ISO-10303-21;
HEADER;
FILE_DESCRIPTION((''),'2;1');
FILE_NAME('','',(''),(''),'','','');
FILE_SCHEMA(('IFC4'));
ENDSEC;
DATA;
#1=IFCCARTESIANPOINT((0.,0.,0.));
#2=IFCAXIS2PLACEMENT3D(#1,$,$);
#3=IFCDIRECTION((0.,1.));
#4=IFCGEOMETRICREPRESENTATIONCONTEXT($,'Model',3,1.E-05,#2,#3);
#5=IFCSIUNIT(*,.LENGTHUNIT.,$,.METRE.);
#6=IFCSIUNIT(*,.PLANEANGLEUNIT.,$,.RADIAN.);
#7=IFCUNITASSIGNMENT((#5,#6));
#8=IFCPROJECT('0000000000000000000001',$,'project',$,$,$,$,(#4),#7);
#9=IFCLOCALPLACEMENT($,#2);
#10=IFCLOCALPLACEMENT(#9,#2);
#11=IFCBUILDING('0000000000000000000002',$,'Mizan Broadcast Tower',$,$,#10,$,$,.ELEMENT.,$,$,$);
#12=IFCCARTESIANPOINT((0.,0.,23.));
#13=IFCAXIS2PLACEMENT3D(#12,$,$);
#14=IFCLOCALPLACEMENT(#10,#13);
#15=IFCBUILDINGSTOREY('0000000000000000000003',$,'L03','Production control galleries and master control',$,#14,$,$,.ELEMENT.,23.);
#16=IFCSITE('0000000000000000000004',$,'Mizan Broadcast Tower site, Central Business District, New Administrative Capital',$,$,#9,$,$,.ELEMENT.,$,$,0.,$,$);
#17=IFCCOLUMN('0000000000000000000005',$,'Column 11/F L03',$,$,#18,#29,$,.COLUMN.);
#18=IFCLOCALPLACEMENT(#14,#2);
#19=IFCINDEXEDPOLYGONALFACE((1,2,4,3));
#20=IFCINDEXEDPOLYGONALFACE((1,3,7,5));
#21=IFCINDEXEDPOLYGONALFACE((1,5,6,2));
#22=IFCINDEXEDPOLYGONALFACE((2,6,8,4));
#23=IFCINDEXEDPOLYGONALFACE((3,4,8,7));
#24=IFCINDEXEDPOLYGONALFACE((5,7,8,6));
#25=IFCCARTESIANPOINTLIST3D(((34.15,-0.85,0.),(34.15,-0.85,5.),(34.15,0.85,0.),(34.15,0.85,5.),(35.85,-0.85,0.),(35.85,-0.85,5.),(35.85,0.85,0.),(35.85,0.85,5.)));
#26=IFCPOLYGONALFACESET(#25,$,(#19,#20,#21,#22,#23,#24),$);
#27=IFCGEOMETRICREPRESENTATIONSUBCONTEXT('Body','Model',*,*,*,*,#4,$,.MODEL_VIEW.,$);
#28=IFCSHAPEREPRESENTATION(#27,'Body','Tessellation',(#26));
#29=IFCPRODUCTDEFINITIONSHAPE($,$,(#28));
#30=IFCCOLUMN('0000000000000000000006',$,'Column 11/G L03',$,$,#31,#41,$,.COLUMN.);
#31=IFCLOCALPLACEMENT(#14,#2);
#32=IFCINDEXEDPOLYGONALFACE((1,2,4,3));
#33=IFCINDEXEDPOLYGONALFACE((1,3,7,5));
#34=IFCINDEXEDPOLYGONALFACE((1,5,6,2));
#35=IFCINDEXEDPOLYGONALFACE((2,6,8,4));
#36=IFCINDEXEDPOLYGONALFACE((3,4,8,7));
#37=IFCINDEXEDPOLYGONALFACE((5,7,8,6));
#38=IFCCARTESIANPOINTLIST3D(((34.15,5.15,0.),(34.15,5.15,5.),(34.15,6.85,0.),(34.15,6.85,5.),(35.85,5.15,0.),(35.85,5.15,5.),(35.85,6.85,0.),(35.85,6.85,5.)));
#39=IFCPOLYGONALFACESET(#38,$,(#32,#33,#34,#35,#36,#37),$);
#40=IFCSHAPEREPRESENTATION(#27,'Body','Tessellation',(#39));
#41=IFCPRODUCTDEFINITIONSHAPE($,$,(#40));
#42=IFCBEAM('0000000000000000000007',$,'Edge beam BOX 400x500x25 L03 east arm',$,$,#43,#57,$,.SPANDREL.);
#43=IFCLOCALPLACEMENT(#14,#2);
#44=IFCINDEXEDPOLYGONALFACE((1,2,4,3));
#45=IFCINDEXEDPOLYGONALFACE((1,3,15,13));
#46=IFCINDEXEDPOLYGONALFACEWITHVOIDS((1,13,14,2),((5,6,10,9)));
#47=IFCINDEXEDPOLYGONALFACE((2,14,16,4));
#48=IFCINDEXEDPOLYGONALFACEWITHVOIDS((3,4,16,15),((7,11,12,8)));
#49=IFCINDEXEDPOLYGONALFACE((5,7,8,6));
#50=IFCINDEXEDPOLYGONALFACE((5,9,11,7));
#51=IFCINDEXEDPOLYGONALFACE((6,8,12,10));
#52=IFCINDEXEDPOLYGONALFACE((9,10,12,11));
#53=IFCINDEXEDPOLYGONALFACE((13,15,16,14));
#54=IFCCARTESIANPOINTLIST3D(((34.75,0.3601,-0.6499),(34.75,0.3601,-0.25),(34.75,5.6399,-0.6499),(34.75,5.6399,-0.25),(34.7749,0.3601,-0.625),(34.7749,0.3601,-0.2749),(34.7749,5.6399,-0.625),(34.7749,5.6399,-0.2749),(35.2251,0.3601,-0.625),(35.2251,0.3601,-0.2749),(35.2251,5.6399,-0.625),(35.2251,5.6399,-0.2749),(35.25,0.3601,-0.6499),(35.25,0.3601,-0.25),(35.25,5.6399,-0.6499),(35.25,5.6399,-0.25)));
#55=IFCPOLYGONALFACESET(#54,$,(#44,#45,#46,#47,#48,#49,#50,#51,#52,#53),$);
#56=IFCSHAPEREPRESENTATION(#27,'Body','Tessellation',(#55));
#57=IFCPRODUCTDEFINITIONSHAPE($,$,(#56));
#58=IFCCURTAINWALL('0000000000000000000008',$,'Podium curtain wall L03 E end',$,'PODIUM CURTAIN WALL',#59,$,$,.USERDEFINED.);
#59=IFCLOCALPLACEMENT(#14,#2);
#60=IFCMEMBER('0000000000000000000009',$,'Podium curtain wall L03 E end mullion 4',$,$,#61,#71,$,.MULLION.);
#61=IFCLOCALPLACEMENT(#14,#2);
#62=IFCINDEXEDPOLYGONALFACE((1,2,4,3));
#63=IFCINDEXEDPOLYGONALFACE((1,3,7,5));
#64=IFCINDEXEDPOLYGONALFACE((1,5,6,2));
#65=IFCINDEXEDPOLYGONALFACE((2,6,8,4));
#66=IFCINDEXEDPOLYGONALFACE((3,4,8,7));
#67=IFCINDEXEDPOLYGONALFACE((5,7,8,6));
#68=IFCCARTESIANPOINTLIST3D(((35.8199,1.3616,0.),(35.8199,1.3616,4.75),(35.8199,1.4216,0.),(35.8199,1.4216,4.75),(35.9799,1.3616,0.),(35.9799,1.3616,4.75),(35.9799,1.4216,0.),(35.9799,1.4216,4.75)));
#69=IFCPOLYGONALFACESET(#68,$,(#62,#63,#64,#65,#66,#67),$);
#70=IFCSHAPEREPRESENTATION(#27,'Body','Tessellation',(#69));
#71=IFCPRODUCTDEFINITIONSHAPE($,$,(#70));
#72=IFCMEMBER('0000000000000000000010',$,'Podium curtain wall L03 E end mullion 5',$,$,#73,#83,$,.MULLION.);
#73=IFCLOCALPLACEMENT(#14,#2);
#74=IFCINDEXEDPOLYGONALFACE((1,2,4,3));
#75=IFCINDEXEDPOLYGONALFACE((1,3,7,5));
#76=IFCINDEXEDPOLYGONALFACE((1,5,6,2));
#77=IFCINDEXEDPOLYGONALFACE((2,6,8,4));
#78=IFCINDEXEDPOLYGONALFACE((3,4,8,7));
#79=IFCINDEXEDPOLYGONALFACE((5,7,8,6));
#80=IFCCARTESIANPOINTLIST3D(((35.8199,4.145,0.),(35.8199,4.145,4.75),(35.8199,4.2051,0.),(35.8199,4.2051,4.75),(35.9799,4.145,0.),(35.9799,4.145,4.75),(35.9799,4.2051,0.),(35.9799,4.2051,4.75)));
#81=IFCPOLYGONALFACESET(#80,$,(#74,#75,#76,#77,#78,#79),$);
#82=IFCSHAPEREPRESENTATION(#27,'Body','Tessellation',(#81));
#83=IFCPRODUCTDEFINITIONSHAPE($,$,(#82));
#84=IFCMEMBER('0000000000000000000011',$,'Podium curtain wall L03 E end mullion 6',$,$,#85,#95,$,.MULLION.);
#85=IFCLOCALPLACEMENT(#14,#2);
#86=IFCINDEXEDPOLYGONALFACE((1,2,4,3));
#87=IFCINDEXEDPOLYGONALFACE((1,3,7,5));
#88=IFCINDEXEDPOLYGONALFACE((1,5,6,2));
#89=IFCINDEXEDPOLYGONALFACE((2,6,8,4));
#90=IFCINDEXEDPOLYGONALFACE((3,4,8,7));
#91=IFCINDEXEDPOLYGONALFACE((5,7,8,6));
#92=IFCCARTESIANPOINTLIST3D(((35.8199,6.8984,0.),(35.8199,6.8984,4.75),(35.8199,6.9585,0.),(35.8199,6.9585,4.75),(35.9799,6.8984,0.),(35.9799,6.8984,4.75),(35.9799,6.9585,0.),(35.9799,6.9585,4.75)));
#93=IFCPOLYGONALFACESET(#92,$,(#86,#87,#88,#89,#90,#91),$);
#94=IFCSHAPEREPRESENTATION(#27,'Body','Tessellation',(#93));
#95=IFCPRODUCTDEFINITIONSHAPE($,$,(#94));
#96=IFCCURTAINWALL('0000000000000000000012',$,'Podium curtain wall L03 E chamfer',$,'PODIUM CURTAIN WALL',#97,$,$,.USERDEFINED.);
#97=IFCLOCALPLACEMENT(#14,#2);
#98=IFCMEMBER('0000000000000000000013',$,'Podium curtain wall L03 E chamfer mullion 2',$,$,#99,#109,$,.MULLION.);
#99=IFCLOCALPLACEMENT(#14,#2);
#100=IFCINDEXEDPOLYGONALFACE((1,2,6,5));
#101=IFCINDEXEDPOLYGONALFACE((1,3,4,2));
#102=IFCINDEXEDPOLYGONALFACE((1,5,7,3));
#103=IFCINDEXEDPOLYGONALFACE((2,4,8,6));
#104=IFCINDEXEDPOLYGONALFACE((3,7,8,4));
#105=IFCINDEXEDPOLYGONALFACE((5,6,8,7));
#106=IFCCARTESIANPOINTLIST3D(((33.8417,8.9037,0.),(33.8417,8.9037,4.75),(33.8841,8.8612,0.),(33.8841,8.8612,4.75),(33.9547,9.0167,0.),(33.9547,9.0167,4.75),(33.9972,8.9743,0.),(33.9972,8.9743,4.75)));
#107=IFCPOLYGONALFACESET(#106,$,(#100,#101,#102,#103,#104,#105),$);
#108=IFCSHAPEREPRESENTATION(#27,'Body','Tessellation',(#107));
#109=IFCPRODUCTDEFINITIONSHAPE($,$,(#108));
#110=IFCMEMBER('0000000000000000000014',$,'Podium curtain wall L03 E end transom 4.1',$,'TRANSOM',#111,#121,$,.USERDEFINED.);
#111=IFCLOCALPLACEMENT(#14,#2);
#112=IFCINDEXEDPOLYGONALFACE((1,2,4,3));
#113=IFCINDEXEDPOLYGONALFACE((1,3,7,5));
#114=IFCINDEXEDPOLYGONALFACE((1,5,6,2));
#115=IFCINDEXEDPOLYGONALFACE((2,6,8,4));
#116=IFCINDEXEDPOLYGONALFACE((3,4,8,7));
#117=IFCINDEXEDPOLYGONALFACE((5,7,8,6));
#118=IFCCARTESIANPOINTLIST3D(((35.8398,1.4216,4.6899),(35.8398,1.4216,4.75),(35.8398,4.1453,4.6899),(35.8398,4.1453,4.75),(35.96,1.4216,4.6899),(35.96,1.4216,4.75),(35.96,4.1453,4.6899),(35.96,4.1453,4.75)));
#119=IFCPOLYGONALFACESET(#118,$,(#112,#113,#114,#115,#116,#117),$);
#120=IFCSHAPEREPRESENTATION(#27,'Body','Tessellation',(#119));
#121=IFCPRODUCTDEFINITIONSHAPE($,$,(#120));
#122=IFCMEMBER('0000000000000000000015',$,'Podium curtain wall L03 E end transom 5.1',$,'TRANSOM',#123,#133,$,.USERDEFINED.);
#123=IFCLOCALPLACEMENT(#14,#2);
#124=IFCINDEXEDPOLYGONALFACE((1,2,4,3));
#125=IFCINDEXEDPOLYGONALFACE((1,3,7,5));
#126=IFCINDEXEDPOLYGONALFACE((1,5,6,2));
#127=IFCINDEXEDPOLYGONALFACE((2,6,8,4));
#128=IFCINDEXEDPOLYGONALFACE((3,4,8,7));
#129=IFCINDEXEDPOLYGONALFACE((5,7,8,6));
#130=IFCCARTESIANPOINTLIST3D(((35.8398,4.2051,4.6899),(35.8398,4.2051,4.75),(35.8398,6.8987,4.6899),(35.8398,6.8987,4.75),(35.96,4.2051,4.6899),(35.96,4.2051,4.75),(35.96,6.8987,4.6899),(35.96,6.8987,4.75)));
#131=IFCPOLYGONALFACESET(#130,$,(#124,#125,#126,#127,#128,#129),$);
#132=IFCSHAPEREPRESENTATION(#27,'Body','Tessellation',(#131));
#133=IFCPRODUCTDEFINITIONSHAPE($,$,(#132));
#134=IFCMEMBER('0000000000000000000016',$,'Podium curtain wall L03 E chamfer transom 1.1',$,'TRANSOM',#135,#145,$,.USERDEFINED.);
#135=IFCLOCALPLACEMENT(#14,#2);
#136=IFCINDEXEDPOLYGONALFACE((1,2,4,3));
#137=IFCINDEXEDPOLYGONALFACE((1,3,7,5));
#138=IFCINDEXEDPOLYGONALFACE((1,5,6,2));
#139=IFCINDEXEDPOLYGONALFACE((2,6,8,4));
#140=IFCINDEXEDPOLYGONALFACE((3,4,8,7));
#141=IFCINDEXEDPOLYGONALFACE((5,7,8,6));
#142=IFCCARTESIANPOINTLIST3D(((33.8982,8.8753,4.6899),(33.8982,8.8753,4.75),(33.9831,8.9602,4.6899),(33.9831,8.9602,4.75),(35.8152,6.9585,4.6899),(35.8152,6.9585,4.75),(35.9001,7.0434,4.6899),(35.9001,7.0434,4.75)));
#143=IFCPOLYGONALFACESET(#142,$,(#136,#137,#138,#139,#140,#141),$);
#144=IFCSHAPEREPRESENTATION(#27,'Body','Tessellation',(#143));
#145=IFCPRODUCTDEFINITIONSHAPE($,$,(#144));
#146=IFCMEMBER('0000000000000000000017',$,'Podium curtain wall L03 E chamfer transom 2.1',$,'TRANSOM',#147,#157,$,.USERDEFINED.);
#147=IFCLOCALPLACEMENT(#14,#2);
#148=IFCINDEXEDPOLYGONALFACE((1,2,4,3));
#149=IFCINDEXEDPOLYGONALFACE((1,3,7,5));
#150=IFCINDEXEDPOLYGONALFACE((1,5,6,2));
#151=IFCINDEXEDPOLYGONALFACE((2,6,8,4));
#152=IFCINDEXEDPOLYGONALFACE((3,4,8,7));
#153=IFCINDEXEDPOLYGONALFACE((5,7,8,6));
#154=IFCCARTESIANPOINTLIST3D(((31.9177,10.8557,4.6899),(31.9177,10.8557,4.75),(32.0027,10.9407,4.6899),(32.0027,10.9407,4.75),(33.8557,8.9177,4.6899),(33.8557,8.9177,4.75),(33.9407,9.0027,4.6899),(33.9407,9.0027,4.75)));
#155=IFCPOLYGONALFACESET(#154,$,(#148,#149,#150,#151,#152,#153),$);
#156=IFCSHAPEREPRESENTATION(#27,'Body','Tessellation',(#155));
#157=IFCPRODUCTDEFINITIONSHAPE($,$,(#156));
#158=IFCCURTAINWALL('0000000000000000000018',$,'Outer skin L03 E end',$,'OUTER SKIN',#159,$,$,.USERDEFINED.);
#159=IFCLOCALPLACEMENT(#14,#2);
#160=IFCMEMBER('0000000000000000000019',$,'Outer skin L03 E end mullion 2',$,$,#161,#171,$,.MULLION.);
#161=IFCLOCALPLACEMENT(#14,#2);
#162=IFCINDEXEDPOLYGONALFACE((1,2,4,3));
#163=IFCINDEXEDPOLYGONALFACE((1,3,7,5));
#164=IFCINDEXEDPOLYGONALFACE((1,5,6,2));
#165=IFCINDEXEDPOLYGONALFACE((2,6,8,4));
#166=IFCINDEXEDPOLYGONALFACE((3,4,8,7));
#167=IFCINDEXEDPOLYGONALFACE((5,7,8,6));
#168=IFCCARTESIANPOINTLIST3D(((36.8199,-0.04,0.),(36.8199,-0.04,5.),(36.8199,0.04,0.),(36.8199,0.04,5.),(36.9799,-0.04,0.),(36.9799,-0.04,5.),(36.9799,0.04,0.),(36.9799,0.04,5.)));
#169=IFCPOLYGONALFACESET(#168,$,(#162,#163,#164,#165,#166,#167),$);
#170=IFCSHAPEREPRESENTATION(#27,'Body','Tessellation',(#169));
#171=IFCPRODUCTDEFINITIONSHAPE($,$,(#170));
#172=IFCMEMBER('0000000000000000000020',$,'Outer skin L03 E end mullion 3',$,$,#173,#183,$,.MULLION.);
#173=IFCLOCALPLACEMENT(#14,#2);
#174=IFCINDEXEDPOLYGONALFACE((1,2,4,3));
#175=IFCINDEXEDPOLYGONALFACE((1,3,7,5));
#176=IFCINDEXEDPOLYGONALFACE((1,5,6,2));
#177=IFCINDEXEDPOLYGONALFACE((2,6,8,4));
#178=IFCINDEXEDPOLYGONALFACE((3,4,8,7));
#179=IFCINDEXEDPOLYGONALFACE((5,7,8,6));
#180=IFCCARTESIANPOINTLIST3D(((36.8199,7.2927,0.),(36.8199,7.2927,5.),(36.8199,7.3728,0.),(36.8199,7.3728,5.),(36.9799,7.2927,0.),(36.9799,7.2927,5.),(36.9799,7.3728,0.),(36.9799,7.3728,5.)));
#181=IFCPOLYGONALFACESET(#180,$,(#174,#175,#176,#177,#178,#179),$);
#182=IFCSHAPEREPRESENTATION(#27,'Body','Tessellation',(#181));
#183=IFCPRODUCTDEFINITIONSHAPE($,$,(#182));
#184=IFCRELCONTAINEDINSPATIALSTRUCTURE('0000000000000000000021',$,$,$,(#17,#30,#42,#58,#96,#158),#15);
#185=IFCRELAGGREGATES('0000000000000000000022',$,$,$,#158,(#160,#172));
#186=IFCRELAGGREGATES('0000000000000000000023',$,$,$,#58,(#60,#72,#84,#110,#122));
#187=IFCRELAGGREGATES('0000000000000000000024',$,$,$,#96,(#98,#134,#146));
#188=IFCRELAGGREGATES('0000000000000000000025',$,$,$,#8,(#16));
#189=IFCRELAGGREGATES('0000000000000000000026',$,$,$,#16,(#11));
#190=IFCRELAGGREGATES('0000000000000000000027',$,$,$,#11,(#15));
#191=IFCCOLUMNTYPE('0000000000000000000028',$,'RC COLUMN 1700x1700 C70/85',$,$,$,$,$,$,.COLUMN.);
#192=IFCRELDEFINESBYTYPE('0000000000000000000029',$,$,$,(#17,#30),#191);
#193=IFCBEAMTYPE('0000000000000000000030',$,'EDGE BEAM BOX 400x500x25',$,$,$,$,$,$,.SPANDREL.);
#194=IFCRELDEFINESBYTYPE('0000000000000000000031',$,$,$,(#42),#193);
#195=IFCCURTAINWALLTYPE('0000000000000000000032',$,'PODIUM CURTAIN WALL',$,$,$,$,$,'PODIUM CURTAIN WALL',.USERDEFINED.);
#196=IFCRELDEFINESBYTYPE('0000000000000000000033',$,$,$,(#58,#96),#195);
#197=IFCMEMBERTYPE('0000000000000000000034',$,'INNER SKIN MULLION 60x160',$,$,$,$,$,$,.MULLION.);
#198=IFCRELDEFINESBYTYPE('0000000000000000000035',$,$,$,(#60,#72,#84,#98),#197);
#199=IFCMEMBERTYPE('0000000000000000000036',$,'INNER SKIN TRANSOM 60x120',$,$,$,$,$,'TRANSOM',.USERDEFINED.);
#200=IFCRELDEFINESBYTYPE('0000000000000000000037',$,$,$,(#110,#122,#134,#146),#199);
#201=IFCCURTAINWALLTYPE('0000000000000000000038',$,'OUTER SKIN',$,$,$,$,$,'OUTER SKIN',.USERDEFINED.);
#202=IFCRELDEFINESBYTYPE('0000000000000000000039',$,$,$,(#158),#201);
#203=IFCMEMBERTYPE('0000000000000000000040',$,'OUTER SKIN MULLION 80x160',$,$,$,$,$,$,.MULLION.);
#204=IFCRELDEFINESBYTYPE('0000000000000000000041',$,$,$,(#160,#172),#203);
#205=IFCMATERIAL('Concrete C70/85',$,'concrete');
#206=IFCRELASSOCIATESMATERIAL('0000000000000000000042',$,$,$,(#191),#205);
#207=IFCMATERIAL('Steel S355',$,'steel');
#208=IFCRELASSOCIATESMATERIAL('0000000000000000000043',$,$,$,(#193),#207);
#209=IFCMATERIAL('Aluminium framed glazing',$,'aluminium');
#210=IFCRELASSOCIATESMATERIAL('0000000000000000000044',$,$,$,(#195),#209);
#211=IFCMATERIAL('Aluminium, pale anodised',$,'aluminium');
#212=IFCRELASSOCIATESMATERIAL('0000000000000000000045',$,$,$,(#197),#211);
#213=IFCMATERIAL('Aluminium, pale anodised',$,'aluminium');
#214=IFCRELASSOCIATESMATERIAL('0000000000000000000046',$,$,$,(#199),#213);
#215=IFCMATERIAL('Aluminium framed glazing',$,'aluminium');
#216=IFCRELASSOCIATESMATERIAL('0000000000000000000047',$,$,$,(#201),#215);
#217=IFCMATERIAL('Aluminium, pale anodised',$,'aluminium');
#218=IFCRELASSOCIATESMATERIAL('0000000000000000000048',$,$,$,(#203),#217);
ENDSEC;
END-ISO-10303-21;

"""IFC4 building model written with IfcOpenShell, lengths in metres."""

from ifc_helpers import new_model, si_unit, direction, frame, origin, origin_2d, place, context, subcontext, project, spatial, rectangle, hollow_rectangle, extrude, material, material_profile, profile_set, type_object, element, aggregate, save


model = new_model("IFC4")

# Units and contexts
model_context = context("Model", 3, precision=1e-05, world=origin(), true_north=direction((0.0, 1.0)))
body_context = subcontext(model_context, "Body", "Model", "MODEL_VIEW")
ifc_project = project(units=[si_unit("LENGTHUNIT", "METRE"), si_unit("PLANEANGLEUNIT", "RADIAN")], contexts=[model_context])

# Site, building, storey
site_placement = place(None, origin())
site = spatial("IfcSite", under=ifc_project, at=site_placement, Name="Mizan Broadcast Tower site, Central Business District, New Administrative Capital", CompositionType="ELEMENT", RefElevation=0.0)
building_placement = place(site_placement, origin())
building = spatial("IfcBuilding", under=site, at=building_placement, Name="Mizan Broadcast Tower", CompositionType="ELEMENT")
storey_placement = place(building_placement, frame((0.0, 0.0, 23.0)))
storey = spatial("IfcBuildingStorey", under=building, at=storey_placement, Name="L03", Description="Production control galleries and master control", CompositionType="ELEMENT", Elevation=23.0)

# Columns
ifc_material_1 = material(Name="Concrete C70/85", Category="concrete")
ifc_material_profile_1 = material_profile(ifc_material_1, rectangle(XDim=1.7, YDim=1.7, at=origin_2d()), Name="RC 1700x1700")
ifc_profile_set_1 = profile_set([ifc_material_profile_1], Name="Concrete C70/85")
column_type = type_object("IfcColumnType", Name="RC COLUMN 1700x1700 C70/85", PredefinedType="COLUMN", material=ifc_profile_set_1)
for number, where, z_axis, x_axis, name in (
    (1, (35.0, 0.0, 0.0), (0.0, 0.0, 1.0), (1.0, 0.0, 0.0), "Column 11/F L03"),
    (2, (35.0, 6.0, 0.0), (0.0, 0.0, 1.0), (1.0, 0.0, 0.0), "Column 11/G L03"),
):
    element("IfcColumn", number, at=place(storey_placement, frame(where, z_axis=z_axis, x_axis=x_axis)), inside=storey, type_object=column_type, Name=name, PredefinedType="COLUMN", context=body_context, shape_type="SweptSolid", body=[
        extrude(rectangle(XDim=1.7, YDim=1.7, at=origin_2d()), origin(), (0.0, 0.0, 1.0), 5.0),
    ])

# Beam
ifc_material_2 = material(Name="Steel S355", Category="steel")
ifc_material_profile_2 = material_profile(ifc_material_2, hollow_rectangle(XDim=0.5, YDim=0.3999, WallThickness=0.0249, at=origin_2d()), Name="BOX 400x500x25")
ifc_profile_set_2 = profile_set([ifc_material_profile_2], Name="Steel S355")
beam_type = type_object("IfcBeamType", Name="EDGE BEAM BOX 400x500x25", PredefinedType="SPANDREL", material=ifc_profile_set_2)
beam_placement = place(storey_placement, frame((35.0, 5.6399, -0.45), z_axis=(0.0, -1.0, 0.0), x_axis=(1.0, 0.0, 0.0)))
element("IfcBeam", 3, at=beam_placement, inside=storey, type_object=beam_type, Name="Edge beam BOX 400x500x25 L03 east arm", PredefinedType="SPANDREL", context=body_context, shape_type="SweptSolid", body=[
    extrude(hollow_rectangle(XDim=0.5, YDim=0.3999, WallThickness=0.0249, at=origin_2d()), origin(), (0.0, 0.0, 1.0), 5.2798),
])

# Curtain wall, members
ifc_material_3 = material(Name="Aluminium framed glazing", Category="aluminium")
curtain_wall_type_1 = type_object("IfcCurtainWallType", Name="PODIUM CURTAIN WALL", ElementType="PODIUM CURTAIN WALL", PredefinedType="USERDEFINED", material=ifc_material_3)
curtain_wall_1_placement = place(storey_placement, origin())
curtain_wall_1 = element("IfcCurtainWall", 4, at=curtain_wall_1_placement, inside=storey, type_object=curtain_wall_type_1, Name="Podium curtain wall L03 E end", ObjectType="PODIUM CURTAIN WALL", PredefinedType="USERDEFINED")
ifc_material_4 = material(Name="Aluminium, pale anodised", Category="aluminium")
ifc_material_profile_3 = material_profile(ifc_material_4, rectangle(XDim=0.1599, YDim=0.0601, at=origin_2d()), Name="MULLION 160x60")
ifc_profile_set_3 = profile_set([ifc_material_profile_3], Name="Aluminium, pale anodised")
member_type_1 = type_object("IfcMemberType", Name="INNER SKIN MULLION 60x160", PredefinedType="MULLION", material=ifc_profile_set_3)
member_1_placement = place(storey_placement, frame((35.8999, 1.3916, 0.0), z_axis=(0.0, 0.0, 1.0), x_axis=(-1.0, 0.0, 0.0)))
member_1 = element("IfcMember", 5, at=member_1_placement, type_object=member_type_1, Name="Podium curtain wall L03 E end mullion 4", PredefinedType="MULLION", context=body_context, shape_type="SweptSolid", body=[
    extrude(rectangle(XDim=0.1599, YDim=0.0601, at=origin_2d()), origin(), (0.0, 0.0, 1.0), 4.75),
])
member_2_placement = place(storey_placement, frame((35.8999, 4.175, 0.0), z_axis=(0.0, 0.0, 1.0), x_axis=(-1.0, 0.0, 0.0)))
member_2 = element("IfcMember", 6, at=member_2_placement, type_object=member_type_1, Name="Podium curtain wall L03 E end mullion 5", PredefinedType="MULLION", context=body_context, shape_type="SweptSolid", body=[
    extrude(rectangle(XDim=0.1599, YDim=0.0601, at=origin_2d()), origin(), (0.0, 0.0, 1.0), 4.75),
])
member_3_placement = place(storey_placement, frame((35.8999, 6.9285, 0.0), z_axis=(0.0, 0.0, 1.0), x_axis=(-1.0, 0.0, 0.0)))
member_3 = element("IfcMember", 7, at=member_3_placement, type_object=member_type_1, Name="Podium curtain wall L03 E end mullion 6", PredefinedType="MULLION", context=body_context, shape_type="SweptSolid", body=[
    extrude(rectangle(XDim=0.1599, YDim=0.0601, at=origin_2d()), origin(), (0.0, 0.0, 1.0), 4.75),
])

# Curtain wall, member
curtain_wall_2_placement = place(storey_placement, origin())
curtain_wall_2 = element("IfcCurtainWall", 8, at=curtain_wall_2_placement, inside=storey, type_object=curtain_wall_type_1, Name="Podium curtain wall L03 E chamfer", ObjectType="PODIUM CURTAIN WALL", PredefinedType="USERDEFINED")
member_4_placement = place(storey_placement, frame((33.9194, 8.939, 0.0), z_axis=(0.0, 0.0, 1.0), x_axis=(-0.707107, -0.707107, 0.0)))
member_4 = element("IfcMember", 9, at=member_4_placement, type_object=member_type_1, Name="Podium curtain wall L03 E chamfer mullion 2", PredefinedType="MULLION", context=body_context, shape_type="SweptSolid", body=[
    extrude(rectangle(XDim=0.1599, YDim=0.0601, at=origin_2d()), origin(), (0.0, 0.0, 1.0), 4.75),
])

# Members
ifc_material_5 = material(Name="Aluminium, pale anodised", Category="aluminium")
ifc_material_profile_4 = material_profile(ifc_material_5, rectangle(XDim=0.1201, YDim=0.0601, at=origin_2d()), Name="TRANSOM 120x60")
ifc_profile_set_4 = profile_set([ifc_material_profile_4], Name="Aluminium, pale anodised")
member_type_2 = type_object("IfcMemberType", Name="INNER SKIN TRANSOM 60x120", ElementType="TRANSOM", PredefinedType="USERDEFINED", material=ifc_profile_set_4)
member_5_placement = place(storey_placement, frame((35.8999, 1.4216, 4.72), z_axis=(0.0, 1.0, 0.0), x_axis=(-1.0, 0.0, 0.0)))
member_5 = element("IfcMember", 10, at=member_5_placement, type_object=member_type_2, Name="Podium curtain wall L03 E end transom 4.1", ObjectType="TRANSOM", PredefinedType="USERDEFINED", context=body_context, shape_type="SweptSolid", body=[
    extrude(rectangle(XDim=0.1201, YDim=0.0601, at=origin_2d()), origin(), (0.0, 0.0, 1.0), 2.7236),
])
member_6_placement = place(storey_placement, frame((35.8999, 4.2051, 4.72), z_axis=(0.0, 1.0, 0.0), x_axis=(-1.0, 0.0, 0.0)))
member_6 = element("IfcMember", 11, at=member_6_placement, type_object=member_type_2, Name="Podium curtain wall L03 E end transom 5.1", ObjectType="TRANSOM", PredefinedType="USERDEFINED", context=body_context, shape_type="SweptSolid", body=[
    extrude(rectangle(XDim=0.1201, YDim=0.0601, at=origin_2d()), origin(), (0.0, 0.0, 1.0), 2.6936),
])
member_7_placement = place(storey_placement, frame((35.8577, 7.001, 4.72), z_axis=(-0.707152, 0.707062, 0.0), x_axis=(-0.707062, -0.707152, 0.0)))
member_7 = element("IfcMember", 12, at=member_7_placement, type_object=member_type_2, Name="Podium curtain wall L03 E chamfer transom 1.1", ObjectType="TRANSOM", PredefinedType="USERDEFINED", context=body_context, shape_type="SweptSolid", body=[
    extrude(rectangle(XDim=0.1201, YDim=0.0601, at=origin_2d()), origin(), (0.0, 0.0, 1.0), 2.7109),
])
member_8_placement = place(storey_placement, frame((33.8982, 8.9602, 4.72), z_axis=(-0.707107, 0.707107, 0.0), x_axis=(-0.707107, -0.707107, 0.0)))
member_8 = element("IfcMember", 13, at=member_8_placement, type_object=member_type_2, Name="Podium curtain wall L03 E chamfer transom 2.1", ObjectType="TRANSOM", PredefinedType="USERDEFINED", context=body_context, shape_type="SweptSolid", body=[
    extrude(rectangle(XDim=0.1201, YDim=0.0601, at=origin_2d()), origin(), (0.0, 0.0, 1.0), 2.7407),
])

# Curtain wall, members
ifc_material_6 = material(Name="Aluminium framed glazing", Category="aluminium")
curtain_wall_type_2 = type_object("IfcCurtainWallType", Name="OUTER SKIN", ElementType="OUTER SKIN", PredefinedType="USERDEFINED", material=ifc_material_6)
curtain_wall_3_placement = place(storey_placement, origin())
curtain_wall_3 = element("IfcCurtainWall", 14, at=curtain_wall_3_placement, inside=storey, type_object=curtain_wall_type_2, Name="Outer skin L03 E end", ObjectType="OUTER SKIN", PredefinedType="USERDEFINED")
ifc_material_7 = material(Name="Aluminium, pale anodised", Category="aluminium")
ifc_material_profile_5 = material_profile(ifc_material_7, rectangle(XDim=0.1599, YDim=0.0801, at=origin_2d()), Name="MULLION 160x80")
ifc_profile_set_5 = profile_set([ifc_material_profile_5], Name="Aluminium, pale anodised")
member_type_3 = type_object("IfcMemberType", Name="OUTER SKIN MULLION 80x160", PredefinedType="MULLION", material=ifc_profile_set_5)
member_9_placement = place(storey_placement, frame((36.8999, 0.0, 0.0), z_axis=(0.0, 0.0, 1.0), x_axis=(-1.0, 0.0, 0.0)))
member_9 = element("IfcMember", 15, at=member_9_placement, type_object=member_type_3, Name="Outer skin L03 E end mullion 2", PredefinedType="MULLION", context=body_context, shape_type="SweptSolid", body=[
    extrude(rectangle(XDim=0.1599, YDim=0.0801, at=origin_2d()), origin(), (0.0, 0.0, 1.0), 5.0),
])
member_10_placement = place(storey_placement, frame((36.8999, 7.3328, 0.0), z_axis=(0.0, 0.0, 1.0), x_axis=(-1.0, 0.0, 0.0)))
member_10 = element("IfcMember", 16, at=member_10_placement, type_object=member_type_3, Name="Outer skin L03 E end mullion 3", PredefinedType="MULLION", context=body_context, shape_type="SweptSolid", body=[
    extrude(rectangle(XDim=0.1599, YDim=0.0801, at=origin_2d()), origin(), (0.0, 0.0, 1.0), 5.0),
])

aggregate(curtain_wall_3, [member_9, member_10])
aggregate(curtain_wall_1, [member_1, member_2, member_3, member_5, member_6])
aggregate(curtain_wall_2, [member_4, member_7, member_8])

save(model, "model.ifc")
